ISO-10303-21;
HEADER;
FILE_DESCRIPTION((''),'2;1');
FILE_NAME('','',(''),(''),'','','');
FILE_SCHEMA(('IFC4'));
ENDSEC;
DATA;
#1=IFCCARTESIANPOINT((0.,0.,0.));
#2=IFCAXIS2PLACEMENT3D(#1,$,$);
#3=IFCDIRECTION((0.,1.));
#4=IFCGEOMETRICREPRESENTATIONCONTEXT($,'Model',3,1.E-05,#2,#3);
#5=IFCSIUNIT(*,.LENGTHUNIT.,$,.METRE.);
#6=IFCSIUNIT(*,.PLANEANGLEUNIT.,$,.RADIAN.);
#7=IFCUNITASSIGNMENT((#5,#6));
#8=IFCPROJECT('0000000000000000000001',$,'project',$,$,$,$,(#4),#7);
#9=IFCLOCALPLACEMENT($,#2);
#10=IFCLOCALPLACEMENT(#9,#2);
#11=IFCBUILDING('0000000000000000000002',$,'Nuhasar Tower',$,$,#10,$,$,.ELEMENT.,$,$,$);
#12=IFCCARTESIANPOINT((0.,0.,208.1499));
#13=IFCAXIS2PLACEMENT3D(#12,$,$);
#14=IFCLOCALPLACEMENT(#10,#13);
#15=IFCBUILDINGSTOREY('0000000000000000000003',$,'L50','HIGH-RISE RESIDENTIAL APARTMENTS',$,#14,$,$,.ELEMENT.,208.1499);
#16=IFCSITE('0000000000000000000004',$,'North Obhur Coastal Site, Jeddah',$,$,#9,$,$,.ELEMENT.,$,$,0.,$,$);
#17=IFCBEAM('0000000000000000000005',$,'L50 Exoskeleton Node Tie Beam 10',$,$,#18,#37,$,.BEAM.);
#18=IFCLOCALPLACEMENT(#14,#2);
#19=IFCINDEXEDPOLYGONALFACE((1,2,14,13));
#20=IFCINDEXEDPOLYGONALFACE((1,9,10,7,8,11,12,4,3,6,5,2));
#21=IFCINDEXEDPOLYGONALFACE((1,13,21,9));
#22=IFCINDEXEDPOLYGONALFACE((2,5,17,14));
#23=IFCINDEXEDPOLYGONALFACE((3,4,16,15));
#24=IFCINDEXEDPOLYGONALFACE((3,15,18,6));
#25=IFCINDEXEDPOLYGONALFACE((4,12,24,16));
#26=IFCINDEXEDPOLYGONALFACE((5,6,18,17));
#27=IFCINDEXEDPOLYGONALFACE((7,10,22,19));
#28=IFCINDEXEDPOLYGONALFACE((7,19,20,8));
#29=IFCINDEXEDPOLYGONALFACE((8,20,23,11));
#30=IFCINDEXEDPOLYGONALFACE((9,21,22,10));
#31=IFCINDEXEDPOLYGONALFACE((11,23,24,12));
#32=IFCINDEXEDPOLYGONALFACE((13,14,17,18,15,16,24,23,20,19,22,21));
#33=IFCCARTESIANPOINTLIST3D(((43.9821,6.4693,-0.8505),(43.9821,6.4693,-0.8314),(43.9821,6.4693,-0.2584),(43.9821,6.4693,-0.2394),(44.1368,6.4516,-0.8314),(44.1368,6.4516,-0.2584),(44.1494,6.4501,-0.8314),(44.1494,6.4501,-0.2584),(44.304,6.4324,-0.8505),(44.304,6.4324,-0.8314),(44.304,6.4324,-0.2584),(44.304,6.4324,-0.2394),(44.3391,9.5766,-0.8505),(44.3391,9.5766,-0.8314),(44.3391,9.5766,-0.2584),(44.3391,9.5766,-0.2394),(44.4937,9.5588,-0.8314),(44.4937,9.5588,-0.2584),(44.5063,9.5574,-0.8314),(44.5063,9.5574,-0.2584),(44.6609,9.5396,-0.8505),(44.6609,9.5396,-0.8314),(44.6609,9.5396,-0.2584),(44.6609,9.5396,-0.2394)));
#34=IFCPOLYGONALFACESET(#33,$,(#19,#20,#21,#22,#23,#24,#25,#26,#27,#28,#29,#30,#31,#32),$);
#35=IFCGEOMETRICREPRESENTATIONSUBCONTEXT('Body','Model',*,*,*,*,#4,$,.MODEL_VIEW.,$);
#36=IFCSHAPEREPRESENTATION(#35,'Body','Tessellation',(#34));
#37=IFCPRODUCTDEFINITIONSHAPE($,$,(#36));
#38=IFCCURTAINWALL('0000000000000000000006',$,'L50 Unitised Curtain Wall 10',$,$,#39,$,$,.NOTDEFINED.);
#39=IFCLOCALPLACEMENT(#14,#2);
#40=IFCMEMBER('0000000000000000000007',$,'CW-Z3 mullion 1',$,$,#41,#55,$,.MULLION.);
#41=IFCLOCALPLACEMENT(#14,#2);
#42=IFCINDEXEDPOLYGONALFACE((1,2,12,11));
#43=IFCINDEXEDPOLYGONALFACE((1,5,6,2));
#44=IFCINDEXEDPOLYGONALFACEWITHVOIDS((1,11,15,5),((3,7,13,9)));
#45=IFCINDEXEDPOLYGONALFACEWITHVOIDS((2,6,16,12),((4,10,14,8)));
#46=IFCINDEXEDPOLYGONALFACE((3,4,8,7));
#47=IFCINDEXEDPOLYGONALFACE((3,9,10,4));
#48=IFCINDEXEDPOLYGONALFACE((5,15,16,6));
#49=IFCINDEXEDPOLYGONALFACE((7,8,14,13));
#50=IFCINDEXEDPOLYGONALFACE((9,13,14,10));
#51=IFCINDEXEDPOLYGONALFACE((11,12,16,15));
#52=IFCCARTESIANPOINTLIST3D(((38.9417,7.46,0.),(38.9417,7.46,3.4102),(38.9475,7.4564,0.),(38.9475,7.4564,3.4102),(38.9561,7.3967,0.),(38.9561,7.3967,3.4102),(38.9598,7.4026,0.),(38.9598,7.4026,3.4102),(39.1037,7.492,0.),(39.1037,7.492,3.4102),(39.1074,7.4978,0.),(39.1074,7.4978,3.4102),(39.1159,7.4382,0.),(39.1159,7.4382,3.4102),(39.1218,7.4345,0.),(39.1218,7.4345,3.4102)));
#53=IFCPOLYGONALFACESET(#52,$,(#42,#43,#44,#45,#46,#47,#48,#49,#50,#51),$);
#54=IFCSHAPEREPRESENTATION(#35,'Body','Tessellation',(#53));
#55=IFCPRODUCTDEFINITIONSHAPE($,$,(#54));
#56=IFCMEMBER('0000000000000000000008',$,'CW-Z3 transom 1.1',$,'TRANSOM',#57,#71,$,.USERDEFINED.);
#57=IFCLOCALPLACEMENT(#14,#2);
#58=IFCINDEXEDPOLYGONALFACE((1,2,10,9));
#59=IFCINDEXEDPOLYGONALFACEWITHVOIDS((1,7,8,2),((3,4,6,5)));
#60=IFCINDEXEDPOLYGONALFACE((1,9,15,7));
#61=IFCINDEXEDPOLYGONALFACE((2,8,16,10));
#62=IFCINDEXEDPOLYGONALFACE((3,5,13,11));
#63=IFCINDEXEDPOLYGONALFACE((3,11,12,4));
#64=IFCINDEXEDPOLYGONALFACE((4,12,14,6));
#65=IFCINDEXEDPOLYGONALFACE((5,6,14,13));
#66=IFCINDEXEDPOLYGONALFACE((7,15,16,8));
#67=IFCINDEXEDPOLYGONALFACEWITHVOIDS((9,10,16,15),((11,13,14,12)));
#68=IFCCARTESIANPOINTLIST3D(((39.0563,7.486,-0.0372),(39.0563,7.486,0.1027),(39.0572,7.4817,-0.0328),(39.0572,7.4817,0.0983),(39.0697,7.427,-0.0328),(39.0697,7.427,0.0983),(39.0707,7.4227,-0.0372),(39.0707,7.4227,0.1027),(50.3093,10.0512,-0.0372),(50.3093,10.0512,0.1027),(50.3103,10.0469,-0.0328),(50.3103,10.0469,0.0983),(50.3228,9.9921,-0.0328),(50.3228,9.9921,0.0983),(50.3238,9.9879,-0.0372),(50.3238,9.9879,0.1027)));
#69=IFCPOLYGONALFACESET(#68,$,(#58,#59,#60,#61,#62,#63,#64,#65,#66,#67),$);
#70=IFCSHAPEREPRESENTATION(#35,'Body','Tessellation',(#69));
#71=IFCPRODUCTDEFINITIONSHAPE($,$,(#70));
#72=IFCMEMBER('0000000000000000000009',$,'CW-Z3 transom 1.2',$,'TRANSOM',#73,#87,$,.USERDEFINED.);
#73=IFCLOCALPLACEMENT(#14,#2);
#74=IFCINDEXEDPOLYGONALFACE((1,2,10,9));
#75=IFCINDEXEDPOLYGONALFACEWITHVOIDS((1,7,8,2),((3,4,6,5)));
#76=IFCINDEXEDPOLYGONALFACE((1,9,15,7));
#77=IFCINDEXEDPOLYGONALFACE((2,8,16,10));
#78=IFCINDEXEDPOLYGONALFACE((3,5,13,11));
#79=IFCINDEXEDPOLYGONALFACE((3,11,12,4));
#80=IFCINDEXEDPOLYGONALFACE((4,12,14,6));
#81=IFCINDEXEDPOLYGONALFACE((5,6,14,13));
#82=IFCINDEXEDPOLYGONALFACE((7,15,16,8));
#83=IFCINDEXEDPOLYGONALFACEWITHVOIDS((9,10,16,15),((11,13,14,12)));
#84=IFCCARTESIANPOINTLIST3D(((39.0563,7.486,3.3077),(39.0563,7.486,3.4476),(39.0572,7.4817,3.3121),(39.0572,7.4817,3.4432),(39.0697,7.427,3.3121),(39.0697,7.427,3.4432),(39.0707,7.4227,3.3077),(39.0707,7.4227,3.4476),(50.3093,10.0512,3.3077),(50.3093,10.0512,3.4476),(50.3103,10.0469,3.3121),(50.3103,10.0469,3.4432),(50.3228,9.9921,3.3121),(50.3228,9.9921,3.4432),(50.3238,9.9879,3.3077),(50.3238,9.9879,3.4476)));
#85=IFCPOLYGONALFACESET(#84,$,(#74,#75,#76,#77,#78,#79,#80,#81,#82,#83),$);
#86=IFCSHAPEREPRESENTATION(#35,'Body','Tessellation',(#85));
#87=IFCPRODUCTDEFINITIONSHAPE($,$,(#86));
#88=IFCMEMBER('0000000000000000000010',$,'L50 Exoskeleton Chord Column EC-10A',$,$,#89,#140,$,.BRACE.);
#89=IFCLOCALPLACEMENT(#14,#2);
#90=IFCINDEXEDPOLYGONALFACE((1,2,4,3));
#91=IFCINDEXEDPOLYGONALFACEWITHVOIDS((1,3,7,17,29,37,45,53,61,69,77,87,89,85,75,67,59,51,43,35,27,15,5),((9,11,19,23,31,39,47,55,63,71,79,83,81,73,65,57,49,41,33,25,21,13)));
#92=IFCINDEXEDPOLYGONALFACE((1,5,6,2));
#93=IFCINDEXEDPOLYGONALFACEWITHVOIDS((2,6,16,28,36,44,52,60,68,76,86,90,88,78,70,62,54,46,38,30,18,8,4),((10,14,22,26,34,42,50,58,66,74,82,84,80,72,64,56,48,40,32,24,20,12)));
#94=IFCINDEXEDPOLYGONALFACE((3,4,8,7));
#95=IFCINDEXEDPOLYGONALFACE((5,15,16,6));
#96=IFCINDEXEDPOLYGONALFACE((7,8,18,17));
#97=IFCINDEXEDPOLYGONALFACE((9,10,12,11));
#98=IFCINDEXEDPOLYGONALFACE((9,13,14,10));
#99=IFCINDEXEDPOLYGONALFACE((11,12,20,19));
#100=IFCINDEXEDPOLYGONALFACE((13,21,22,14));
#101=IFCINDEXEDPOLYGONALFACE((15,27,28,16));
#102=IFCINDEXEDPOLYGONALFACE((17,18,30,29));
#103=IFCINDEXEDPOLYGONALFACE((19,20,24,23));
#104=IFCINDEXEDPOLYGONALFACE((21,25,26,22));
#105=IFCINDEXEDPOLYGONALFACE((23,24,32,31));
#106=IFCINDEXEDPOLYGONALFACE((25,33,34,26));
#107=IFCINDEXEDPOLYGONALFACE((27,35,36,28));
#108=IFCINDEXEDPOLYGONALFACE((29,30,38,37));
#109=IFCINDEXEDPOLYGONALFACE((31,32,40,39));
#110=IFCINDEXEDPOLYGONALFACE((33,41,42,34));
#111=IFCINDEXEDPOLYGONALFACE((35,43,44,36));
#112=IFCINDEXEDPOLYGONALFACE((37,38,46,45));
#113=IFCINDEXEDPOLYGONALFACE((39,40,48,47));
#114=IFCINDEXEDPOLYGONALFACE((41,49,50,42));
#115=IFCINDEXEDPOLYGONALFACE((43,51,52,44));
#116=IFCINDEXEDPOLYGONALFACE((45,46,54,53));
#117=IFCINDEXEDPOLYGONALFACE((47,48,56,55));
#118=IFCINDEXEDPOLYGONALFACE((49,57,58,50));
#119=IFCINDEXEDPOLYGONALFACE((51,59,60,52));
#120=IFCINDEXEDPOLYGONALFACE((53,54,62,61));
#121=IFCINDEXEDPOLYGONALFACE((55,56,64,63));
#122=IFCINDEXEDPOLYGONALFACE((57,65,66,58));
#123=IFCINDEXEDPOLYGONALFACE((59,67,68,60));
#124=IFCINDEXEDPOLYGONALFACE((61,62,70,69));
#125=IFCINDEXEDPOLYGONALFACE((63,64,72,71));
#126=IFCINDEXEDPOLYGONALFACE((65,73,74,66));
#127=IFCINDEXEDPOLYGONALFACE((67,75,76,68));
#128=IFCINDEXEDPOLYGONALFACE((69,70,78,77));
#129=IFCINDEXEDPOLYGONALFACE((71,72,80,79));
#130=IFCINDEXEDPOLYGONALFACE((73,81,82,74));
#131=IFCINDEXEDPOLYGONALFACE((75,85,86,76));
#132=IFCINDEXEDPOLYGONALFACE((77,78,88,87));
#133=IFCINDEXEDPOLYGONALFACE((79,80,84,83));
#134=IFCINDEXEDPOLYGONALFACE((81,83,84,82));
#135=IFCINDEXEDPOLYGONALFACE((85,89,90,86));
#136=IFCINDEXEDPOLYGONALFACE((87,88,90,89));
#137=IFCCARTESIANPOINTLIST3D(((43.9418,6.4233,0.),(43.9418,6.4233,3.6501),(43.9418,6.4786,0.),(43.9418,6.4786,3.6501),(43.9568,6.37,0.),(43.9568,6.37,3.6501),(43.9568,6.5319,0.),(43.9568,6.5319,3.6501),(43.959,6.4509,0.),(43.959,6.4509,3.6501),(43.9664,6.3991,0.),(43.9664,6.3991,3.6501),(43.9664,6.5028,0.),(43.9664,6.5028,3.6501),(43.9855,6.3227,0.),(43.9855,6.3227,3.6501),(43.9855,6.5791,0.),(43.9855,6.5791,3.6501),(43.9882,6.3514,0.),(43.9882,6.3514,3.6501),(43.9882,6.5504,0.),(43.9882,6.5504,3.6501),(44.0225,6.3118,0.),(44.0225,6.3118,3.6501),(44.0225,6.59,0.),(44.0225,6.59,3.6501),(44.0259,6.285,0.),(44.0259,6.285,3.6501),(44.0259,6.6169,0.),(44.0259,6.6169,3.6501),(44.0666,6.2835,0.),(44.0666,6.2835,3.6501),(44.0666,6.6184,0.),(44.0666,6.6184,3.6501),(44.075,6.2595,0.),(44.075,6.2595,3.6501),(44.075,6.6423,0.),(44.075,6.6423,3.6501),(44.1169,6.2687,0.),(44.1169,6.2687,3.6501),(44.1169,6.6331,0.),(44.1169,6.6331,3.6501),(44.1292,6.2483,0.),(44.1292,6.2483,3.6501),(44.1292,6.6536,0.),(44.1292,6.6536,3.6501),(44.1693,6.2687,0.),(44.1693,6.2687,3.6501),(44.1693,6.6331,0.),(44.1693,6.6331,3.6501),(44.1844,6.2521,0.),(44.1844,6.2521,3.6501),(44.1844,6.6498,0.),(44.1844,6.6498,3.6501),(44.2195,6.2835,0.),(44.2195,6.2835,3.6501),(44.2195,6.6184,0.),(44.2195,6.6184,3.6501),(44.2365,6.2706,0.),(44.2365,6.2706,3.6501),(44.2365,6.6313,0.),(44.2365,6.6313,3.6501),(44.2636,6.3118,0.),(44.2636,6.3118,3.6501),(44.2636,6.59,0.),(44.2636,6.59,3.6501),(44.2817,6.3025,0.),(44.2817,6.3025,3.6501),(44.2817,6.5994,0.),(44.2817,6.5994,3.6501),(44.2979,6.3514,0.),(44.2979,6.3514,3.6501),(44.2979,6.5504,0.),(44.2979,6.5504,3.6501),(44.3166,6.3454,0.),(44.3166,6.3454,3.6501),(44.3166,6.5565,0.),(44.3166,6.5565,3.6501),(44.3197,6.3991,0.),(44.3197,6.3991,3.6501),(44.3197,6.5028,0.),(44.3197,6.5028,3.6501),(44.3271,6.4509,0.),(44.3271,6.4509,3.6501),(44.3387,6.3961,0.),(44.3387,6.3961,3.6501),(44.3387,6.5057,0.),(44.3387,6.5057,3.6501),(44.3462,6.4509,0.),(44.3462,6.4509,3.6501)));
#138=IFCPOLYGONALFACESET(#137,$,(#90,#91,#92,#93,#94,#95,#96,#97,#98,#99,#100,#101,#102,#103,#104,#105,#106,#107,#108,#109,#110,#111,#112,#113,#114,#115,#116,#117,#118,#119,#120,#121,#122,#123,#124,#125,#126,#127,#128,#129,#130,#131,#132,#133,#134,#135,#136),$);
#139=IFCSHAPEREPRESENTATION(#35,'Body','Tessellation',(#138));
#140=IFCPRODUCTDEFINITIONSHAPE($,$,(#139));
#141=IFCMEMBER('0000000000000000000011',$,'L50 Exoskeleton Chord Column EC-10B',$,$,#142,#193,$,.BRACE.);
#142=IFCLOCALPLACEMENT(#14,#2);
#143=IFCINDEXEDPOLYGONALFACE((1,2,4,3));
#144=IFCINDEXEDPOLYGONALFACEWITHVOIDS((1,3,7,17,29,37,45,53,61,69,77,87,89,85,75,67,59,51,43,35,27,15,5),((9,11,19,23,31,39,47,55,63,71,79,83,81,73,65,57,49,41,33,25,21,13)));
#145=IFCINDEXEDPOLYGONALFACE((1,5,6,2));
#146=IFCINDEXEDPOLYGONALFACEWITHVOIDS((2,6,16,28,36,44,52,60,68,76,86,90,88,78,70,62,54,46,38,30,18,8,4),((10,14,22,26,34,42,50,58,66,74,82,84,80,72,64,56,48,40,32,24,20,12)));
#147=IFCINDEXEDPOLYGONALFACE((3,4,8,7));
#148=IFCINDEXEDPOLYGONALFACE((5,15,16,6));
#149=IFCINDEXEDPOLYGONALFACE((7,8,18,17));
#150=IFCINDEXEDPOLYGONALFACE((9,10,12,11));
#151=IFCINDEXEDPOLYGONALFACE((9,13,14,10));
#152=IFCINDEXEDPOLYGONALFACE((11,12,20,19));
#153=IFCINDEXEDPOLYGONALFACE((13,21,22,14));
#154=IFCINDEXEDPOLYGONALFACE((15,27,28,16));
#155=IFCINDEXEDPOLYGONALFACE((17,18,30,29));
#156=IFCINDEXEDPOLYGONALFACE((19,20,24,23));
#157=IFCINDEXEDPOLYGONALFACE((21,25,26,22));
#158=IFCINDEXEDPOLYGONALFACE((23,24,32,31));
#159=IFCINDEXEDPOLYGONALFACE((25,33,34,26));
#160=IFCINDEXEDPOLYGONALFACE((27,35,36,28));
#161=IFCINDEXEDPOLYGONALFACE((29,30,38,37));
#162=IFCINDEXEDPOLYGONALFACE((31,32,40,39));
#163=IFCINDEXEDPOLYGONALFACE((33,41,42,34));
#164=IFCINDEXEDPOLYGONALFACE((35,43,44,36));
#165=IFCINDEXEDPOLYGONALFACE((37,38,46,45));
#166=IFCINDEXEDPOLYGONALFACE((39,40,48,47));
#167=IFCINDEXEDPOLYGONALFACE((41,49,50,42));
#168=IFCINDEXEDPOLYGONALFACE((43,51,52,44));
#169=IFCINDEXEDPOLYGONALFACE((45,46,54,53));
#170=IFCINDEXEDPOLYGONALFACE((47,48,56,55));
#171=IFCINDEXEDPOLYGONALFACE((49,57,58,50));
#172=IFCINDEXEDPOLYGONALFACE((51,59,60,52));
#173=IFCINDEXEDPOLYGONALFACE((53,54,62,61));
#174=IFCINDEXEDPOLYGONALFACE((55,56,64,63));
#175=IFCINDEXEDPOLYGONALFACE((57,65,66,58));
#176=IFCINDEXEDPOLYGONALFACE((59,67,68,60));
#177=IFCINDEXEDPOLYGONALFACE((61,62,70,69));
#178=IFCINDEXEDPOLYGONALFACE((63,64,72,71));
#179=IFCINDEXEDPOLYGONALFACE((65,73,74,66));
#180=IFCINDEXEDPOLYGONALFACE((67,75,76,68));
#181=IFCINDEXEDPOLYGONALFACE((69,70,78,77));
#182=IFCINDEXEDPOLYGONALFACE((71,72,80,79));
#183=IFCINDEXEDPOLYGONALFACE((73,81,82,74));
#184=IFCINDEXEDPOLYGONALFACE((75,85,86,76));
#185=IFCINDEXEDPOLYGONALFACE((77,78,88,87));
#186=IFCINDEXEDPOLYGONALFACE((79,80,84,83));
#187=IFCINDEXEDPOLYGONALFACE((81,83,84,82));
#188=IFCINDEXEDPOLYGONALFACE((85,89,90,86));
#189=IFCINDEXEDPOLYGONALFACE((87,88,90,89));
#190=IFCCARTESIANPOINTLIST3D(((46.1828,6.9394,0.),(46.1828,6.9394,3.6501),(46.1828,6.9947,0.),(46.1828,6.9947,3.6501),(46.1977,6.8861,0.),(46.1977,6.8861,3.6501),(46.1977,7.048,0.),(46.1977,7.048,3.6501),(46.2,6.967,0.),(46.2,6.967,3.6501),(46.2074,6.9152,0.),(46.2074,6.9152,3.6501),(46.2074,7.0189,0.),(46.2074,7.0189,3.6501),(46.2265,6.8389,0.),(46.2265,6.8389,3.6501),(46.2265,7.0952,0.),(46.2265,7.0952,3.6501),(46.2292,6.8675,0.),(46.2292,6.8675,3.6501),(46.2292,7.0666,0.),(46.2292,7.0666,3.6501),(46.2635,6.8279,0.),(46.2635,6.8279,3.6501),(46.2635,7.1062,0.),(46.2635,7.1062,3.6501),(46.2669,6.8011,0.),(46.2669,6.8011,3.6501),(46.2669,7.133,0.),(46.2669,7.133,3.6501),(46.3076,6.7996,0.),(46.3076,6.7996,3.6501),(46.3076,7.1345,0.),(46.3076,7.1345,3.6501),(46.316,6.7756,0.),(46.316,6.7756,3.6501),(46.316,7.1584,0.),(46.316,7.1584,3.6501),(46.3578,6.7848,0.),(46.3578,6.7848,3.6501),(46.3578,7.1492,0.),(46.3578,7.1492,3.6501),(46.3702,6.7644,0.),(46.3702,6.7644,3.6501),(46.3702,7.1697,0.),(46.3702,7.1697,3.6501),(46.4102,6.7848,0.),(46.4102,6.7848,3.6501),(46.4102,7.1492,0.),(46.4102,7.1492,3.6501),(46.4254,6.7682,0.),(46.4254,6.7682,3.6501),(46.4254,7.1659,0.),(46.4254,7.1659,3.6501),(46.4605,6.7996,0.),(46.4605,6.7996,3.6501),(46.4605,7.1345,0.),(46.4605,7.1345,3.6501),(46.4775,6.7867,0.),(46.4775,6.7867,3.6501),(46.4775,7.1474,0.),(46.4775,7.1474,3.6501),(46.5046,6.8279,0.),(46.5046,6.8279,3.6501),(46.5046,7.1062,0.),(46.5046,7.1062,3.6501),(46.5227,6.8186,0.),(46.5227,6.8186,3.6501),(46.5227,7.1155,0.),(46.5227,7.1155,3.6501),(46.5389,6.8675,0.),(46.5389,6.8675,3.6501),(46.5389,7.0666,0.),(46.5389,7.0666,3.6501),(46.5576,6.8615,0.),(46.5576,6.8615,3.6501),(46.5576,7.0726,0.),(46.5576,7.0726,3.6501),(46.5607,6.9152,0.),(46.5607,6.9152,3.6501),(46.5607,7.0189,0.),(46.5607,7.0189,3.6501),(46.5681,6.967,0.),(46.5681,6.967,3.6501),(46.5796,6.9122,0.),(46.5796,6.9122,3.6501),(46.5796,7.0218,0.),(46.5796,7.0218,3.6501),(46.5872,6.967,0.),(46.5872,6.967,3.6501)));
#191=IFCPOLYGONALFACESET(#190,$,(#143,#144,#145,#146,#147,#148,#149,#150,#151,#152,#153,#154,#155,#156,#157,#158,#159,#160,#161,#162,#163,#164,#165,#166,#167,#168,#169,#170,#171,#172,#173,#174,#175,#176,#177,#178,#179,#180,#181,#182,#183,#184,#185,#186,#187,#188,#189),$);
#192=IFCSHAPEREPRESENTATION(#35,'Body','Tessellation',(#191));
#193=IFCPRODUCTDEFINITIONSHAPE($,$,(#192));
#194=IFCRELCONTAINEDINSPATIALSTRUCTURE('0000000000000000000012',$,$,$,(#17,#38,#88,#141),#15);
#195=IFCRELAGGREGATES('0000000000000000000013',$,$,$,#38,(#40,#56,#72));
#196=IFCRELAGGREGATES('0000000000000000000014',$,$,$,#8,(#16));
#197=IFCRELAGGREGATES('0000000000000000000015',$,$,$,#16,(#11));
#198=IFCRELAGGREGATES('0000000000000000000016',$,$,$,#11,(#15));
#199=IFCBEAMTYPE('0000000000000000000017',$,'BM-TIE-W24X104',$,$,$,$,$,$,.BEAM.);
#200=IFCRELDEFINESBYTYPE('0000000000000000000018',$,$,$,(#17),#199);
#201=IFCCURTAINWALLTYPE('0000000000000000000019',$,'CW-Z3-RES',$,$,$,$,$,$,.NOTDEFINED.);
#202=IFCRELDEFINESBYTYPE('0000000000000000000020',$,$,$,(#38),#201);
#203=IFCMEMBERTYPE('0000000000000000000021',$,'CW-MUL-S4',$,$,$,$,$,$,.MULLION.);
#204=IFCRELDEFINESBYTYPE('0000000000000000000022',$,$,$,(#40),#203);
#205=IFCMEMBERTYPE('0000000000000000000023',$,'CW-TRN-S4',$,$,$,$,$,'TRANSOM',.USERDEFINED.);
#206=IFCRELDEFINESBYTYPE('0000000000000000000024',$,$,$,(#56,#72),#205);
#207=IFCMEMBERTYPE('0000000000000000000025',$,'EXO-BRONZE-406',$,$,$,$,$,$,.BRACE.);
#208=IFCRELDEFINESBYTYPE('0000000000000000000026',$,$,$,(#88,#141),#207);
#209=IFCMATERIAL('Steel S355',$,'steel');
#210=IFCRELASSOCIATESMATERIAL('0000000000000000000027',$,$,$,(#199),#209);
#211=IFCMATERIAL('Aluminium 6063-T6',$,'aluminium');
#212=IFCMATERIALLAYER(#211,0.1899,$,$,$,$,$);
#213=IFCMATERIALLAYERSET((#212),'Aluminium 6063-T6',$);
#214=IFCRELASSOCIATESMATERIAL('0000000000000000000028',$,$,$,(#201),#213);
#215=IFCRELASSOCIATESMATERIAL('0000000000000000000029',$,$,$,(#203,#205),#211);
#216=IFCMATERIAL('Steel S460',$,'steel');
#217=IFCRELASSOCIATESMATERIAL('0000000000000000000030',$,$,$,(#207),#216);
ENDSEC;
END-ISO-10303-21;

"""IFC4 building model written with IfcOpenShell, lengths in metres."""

from ifc_helpers import new_model, si_unit, direction, frame, origin, origin_2d, place, context, subcontext, project, spatial, hollow_rectangle, hollow_circle, i_section, extrude, material, layer, layer_set, material_profile, profile_set, type_object, element, aggregate, save


model = new_model("IFC4")

# Units and contexts
model_context = context("Model", 3, precision=1e-05, world=origin(), true_north=direction((0.0, 1.0)))
body_context = subcontext(model_context, "Body", "Model", "MODEL_VIEW")
ifc_project = project(units=[si_unit("LENGTHUNIT", "METRE"), si_unit("PLANEANGLEUNIT", "RADIAN")], contexts=[model_context])

# Site, building, storey
site_placement = place(None, origin())
site = spatial("IfcSite", under=ifc_project, at=site_placement, Name="North Obhur Coastal Site, Jeddah", CompositionType="ELEMENT", RefElevation=0.0)
building_placement = place(site_placement, origin())
building = spatial("IfcBuilding", under=site, at=building_placement, Name="Nuhasar Tower", CompositionType="ELEMENT")
storey_placement = place(building_placement, frame((0.0, 0.0, 208.1499)))
storey = spatial("IfcBuildingStorey", under=building, at=storey_placement, Name="L50", Description="HIGH-RISE RESIDENTIAL APARTMENTS", CompositionType="ELEMENT", Elevation=208.1499)

# Beam
ifc_material_1 = material(Name="Steel S355", Category="steel")
ifc_material_profile_1 = material_profile(ifc_material_1, i_section(OverallWidth=0.324, OverallDepth=0.6111, WebThickness=0.0127, FlangeThickness=0.019, at=origin_2d()), Name="W24X104")
ifc_profile_set_1 = profile_set([ifc_material_profile_1], Name="Steel S355")
beam_type_1 = type_object("IfcBeamType", Name="BM-TIE-W24X104", PredefinedType="BEAM", material=ifc_profile_set_1)
beam_1_placement = place(storey_placement, frame((44.5, 9.5581, -0.5449), z_axis=(-0.114123, -0.993467, 0.0), x_axis=(0.993467, -0.114123, 0.0)))
element("IfcBeam", 1, at=beam_1_placement, inside=storey, type_object=beam_type_1, Name="L50 Exoskeleton Node Tie Beam 10", PredefinedType="BEAM", context=body_context, shape_type="SweptSolid", body=[
    extrude(i_section(OverallWidth=0.324, OverallDepth=0.6111, WebThickness=0.0127, FlangeThickness=0.019, at=origin_2d()), origin(), (0.0, 0.0, 1.0), 3.1277),
])

# Curtain wall, members
ifc_material_2 = material(Name="Aluminium 6063-T6", Category="aluminium")
ifc_layer_1 = layer(ifc_material_2, 0.1899)
ifc_layer_set_1 = layer_set([ifc_layer_1], Name="Aluminium 6063-T6")
curtain_wall_type = type_object("IfcCurtainWallType", Name="CW-Z3-RES", PredefinedType="NOTDEFINED", material=ifc_layer_set_1)
curtain_wall_placement = place(storey_placement, origin())
curtain_wall = element("IfcCurtainWall", 2, at=curtain_wall_placement, inside=storey, type_object=curtain_wall_type, Name="L50 Unitised Curtain Wall 10", PredefinedType="NOTDEFINED")
ifc_material_profile_2 = material_profile(ifc_material_2, hollow_rectangle(XDim=0.0649, YDim=0.1699, WallThickness=0.0049, at=origin_2d()), Name="CWM-4")
ifc_profile_set_2 = profile_set([ifc_material_profile_2], Name="Aluminium 6063-T6")
member_type_1 = type_object("IfcMemberType", Name="CW-MUL-S4", PredefinedType="MULLION", material=ifc_profile_set_2)
member_1_placement = place(storey_placement, frame((39.0317, 7.4473, 0.0), z_axis=(0.0, 0.0, 1.0), x_axis=(-0.222243, 0.974991, 0.0)))
member_1 = element("IfcMember", 3, at=member_1_placement, type_object=member_type_1, Name="CW-Z3 mullion 1", PredefinedType="MULLION", context=body_context, shape_type="SweptSolid", body=[
    extrude(hollow_rectangle(XDim=0.0649, YDim=0.1699, WallThickness=0.0049, at=origin_2d()), origin(), (0.0, 0.0, 1.0), 3.4102),
])
ifc_material_profile_3 = material_profile(ifc_material_2, hollow_rectangle(XDim=0.0649, YDim=0.1399, WallThickness=0.0044, at=origin_2d()), Name="CWT-4")
ifc_profile_set_3 = profile_set([ifc_material_profile_3], Name="Aluminium 6063-T6")
member_type_2 = type_object("IfcMemberType", Name="CW-TRN-S4", ElementType="TRANSOM", PredefinedType="USERDEFINED", material=ifc_profile_set_3)
member_2_placement = place(storey_placement, frame((39.0635, 7.4543, 0.0327), z_axis=(0.974989, 0.222251, 0.0), x_axis=(-0.222251, 0.974989, 0.0)))
member_2 = element("IfcMember", 4, at=member_2_placement, type_object=member_type_2, Name="CW-Z3 transom 1.1", ObjectType="TRANSOM", PredefinedType="USERDEFINED", context=body_context, shape_type="SweptSolid", body=[
    extrude(hollow_rectangle(XDim=0.0649, YDim=0.1399, WallThickness=0.0044, at=origin_2d()), origin(), (0.0, 0.0, 1.0), 11.5417),
])
member_3_placement = place(storey_placement, frame((39.0635, 7.4543, 3.3777), z_axis=(0.974989, 0.222251, 0.0), x_axis=(-0.222251, 0.974989, 0.0)))
member_3 = element("IfcMember", 5, at=member_3_placement, type_object=member_type_2, Name="CW-Z3 transom 1.2", ObjectType="TRANSOM", PredefinedType="USERDEFINED", context=body_context, shape_type="SweptSolid", body=[
    extrude(hollow_rectangle(XDim=0.0649, YDim=0.1399, WallThickness=0.0044, at=origin_2d()), origin(), (0.0, 0.0, 1.0), 11.5417),
])

# Members
ifc_material_3 = material(Name="Steel S460", Category="steel")
ifc_material_profile_4 = material_profile(ifc_material_3, hollow_circle(Radius=0.2031, WallThickness=0.019, at=origin_2d()), Name="HSS406.4X19.1")
ifc_profile_set_4 = profile_set([ifc_material_profile_4], Name="Steel S460")
member_type_3 = type_object("IfcMemberType", Name="EXO-BRONZE-406", PredefinedType="BRACE", material=ifc_profile_set_4)
for number, where, z_axis, x_axis, name in (
    (6, (44.1431, 6.4509, 0.0), (0.0, 0.0, 1.0), (1.0, 0.0, 0.0), "L50 Exoskeleton Chord Column EC-10A"),
    (7, (46.384, 6.967, 0.0), (0.0, 0.0, 1.0), (1.0, 0.0, 0.0), "L50 Exoskeleton Chord Column EC-10B"),
):
    element("IfcMember", number, at=place(storey_placement, frame(where, z_axis=z_axis, x_axis=x_axis)), inside=storey, type_object=member_type_3, Name=name, PredefinedType="BRACE", context=body_context, shape_type="SweptSolid", body=[
        extrude(hollow_circle(Radius=0.2031, WallThickness=0.019, at=origin_2d()), origin(), (0.0, 0.0, 1.0), 3.6501),
    ])

aggregate(curtain_wall, [member_1, member_2, member_3])

save(model, "model.ifc")
